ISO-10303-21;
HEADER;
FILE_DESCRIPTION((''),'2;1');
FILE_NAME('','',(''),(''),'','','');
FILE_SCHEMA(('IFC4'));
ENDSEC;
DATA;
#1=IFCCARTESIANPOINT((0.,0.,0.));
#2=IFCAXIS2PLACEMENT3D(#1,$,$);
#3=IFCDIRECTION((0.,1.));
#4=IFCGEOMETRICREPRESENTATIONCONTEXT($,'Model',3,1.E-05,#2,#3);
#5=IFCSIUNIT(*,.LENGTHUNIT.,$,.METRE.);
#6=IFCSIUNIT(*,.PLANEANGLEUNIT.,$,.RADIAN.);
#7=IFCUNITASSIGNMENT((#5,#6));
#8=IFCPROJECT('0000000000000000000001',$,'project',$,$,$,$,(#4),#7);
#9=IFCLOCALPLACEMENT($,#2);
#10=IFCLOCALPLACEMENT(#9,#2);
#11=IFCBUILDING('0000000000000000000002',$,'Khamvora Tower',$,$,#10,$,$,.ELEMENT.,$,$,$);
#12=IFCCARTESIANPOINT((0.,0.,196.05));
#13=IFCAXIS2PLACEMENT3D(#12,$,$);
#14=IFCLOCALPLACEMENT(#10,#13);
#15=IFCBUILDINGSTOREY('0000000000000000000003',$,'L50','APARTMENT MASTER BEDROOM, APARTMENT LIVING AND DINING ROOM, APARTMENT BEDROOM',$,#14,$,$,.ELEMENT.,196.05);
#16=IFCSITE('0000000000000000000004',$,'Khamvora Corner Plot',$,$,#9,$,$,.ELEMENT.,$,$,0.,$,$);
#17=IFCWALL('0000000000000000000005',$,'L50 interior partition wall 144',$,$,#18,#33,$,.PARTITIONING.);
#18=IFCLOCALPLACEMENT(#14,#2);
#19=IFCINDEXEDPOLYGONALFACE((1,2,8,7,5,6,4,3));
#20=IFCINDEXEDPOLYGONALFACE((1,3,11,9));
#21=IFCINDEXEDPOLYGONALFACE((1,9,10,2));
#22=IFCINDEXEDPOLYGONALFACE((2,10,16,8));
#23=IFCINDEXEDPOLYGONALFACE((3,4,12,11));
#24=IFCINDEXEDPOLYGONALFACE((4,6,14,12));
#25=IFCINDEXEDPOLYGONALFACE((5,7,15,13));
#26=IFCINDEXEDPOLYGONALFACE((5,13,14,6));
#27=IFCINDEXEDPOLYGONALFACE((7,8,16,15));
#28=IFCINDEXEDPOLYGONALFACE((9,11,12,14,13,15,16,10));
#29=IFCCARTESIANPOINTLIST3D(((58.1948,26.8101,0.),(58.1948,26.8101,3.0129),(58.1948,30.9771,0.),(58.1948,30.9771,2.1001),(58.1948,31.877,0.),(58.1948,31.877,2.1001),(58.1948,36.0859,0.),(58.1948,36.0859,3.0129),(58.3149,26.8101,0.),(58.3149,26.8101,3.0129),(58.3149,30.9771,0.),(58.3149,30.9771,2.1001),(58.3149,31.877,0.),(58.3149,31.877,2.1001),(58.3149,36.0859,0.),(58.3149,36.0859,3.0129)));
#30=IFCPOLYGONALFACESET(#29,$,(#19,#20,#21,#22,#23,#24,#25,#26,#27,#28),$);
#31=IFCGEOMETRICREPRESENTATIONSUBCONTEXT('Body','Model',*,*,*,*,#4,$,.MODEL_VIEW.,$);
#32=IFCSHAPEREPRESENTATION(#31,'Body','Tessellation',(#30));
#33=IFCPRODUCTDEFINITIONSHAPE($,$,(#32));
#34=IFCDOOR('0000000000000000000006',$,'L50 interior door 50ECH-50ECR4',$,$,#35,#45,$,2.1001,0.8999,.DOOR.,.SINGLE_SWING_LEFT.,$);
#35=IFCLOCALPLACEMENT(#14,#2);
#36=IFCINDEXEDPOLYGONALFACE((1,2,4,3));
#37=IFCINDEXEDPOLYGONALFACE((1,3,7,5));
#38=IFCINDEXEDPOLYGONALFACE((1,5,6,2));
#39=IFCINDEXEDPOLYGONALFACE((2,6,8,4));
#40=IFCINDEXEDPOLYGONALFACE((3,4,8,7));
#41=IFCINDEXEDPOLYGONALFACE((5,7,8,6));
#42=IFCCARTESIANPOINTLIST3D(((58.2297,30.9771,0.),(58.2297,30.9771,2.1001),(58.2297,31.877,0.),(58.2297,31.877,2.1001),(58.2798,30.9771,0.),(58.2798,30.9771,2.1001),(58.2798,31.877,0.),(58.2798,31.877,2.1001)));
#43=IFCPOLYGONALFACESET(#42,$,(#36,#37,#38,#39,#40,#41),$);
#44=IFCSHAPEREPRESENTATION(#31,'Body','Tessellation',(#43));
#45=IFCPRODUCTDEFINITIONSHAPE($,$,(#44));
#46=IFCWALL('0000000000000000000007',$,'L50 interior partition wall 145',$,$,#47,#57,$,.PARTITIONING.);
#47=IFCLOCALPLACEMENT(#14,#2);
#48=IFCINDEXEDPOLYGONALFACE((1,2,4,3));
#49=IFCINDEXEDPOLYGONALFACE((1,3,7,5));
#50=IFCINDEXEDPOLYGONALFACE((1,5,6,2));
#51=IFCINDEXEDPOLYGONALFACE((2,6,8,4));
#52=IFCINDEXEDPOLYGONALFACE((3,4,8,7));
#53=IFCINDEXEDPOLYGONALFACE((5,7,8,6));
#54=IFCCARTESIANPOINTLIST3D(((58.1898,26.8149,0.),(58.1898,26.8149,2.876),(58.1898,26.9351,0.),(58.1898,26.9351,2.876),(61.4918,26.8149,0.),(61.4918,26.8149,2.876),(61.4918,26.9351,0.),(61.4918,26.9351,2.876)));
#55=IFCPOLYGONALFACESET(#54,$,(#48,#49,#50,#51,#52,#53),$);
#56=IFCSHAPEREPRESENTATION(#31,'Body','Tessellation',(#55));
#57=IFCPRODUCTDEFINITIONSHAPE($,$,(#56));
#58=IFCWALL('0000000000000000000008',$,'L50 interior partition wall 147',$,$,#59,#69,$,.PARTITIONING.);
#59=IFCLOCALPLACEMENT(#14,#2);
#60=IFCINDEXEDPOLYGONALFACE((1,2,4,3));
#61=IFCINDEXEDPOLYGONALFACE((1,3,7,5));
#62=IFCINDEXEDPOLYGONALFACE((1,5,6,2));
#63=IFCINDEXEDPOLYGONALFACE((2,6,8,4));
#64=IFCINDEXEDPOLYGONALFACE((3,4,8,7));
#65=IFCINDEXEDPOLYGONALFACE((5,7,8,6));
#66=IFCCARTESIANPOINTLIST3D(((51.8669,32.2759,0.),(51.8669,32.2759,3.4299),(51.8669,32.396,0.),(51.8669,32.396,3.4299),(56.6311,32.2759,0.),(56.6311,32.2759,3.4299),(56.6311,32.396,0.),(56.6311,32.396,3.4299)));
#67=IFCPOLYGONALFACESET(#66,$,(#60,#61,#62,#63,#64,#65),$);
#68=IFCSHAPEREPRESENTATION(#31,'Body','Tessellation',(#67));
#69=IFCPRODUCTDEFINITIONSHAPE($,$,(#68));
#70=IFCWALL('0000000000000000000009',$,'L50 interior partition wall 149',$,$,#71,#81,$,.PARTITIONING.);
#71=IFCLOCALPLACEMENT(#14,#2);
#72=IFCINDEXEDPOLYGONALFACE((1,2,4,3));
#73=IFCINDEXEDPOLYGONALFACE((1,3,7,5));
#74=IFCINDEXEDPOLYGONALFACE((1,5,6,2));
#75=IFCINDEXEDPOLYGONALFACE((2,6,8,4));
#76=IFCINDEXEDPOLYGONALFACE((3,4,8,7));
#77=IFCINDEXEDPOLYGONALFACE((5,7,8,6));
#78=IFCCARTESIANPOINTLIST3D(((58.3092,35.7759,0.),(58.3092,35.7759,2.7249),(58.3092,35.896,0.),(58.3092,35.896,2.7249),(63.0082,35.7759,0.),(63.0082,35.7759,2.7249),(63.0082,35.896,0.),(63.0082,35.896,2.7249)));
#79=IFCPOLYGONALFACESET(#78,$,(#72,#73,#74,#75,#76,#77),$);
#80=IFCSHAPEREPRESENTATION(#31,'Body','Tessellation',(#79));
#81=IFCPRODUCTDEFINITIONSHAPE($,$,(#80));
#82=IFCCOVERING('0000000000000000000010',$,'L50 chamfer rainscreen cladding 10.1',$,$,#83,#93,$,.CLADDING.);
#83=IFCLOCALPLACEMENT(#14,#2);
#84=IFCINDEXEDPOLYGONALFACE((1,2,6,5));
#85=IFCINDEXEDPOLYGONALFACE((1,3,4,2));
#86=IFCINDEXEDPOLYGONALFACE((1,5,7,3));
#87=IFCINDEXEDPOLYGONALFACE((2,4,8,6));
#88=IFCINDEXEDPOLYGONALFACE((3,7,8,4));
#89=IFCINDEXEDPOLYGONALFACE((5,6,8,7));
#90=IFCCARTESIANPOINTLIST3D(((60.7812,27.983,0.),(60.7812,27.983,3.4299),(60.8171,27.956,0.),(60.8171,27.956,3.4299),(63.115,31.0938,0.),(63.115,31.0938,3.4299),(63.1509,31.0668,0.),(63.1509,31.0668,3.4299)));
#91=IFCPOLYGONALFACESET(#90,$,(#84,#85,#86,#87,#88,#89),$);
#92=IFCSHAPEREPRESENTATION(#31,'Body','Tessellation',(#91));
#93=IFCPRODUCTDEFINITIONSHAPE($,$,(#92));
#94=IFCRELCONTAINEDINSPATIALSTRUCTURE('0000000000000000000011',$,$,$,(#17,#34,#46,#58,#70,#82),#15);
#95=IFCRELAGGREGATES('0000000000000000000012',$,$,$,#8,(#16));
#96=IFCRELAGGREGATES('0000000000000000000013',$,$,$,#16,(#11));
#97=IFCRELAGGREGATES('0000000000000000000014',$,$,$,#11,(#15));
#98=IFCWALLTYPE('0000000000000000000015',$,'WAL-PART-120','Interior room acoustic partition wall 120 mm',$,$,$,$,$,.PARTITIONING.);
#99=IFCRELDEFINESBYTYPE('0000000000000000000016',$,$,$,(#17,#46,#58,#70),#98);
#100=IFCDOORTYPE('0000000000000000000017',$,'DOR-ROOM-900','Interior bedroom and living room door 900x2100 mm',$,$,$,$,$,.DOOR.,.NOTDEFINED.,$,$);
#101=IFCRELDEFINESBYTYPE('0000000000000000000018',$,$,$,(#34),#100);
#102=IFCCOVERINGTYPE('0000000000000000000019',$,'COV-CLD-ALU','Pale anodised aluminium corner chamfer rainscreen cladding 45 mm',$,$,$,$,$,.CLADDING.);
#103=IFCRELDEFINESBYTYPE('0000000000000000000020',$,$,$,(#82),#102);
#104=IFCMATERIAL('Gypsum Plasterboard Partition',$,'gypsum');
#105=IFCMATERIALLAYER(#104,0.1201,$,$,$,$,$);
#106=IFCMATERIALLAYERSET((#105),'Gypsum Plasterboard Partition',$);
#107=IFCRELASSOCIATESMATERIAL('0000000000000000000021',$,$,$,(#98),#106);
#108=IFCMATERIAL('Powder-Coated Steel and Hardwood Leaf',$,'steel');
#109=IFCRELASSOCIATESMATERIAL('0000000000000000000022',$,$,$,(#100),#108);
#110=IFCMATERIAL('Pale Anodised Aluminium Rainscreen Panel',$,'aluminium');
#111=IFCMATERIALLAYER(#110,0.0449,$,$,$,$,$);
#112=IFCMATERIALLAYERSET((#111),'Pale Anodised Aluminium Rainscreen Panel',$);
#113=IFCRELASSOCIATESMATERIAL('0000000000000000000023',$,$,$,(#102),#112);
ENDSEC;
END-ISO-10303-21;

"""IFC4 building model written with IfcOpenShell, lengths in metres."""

from ifc_helpers import new_model, si_unit, direction, frame, frame_2d, origin, origin_2d, place, context, subcontext, project, spatial, rectangle, extrude, material, layer, layer_set, type_object, element, fill, save


model = new_model("IFC4")

# Units and contexts
model_context = context("Model", 3, precision=1e-05, world=origin(), true_north=direction((0.0, 1.0)))
body_context = subcontext(model_context, "Body", "Model", "MODEL_VIEW")
ifc_project = project(units=[si_unit("LENGTHUNIT", "METRE"), si_unit("PLANEANGLEUNIT", "RADIAN")], contexts=[model_context])

# Site, building, storey
site_placement = place(None, origin())
site = spatial("IfcSite", under=ifc_project, at=site_placement, Name="Khamvora Corner Plot", CompositionType="ELEMENT", RefElevation=0.0)
building_placement = place(site_placement, origin())
building = spatial("IfcBuilding", under=site, at=building_placement, Name="Khamvora Tower", CompositionType="ELEMENT")
storey_placement = place(building_placement, frame((0.0, 0.0, 196.05)))
storey = spatial("IfcBuildingStorey", under=building, at=storey_placement, Name="L50", Description="APARTMENT MASTER BEDROOM, APARTMENT LIVING AND DINING ROOM, APARTMENT BEDROOM", CompositionType="ELEMENT", Elevation=196.05)

# Shared definitions
ifc_material_1 = material(Name="Gypsum Plasterboard Partition", Category="gypsum")
ifc_layer_1 = layer(ifc_material_1, 0.1201)
ifc_layer_set_1 = layer_set([ifc_layer_1], Name="Gypsum Plasterboard Partition")
wall_type_1 = type_object("IfcWallType", Name="WAL-PART-120", Description="Interior room acoustic partition wall 120 mm", PredefinedType="PARTITIONING", material=ifc_layer_set_1)
ifc_material_2 = material(Name="Powder-Coated Steel and Hardwood Leaf", Category="steel")
door_type = type_object("IfcDoorType", Name="DOR-ROOM-900", Description="Interior bedroom and living room door 900x2100 mm", OperationType="NOTDEFINED", PredefinedType="DOOR", material=ifc_material_2)

# Wall, opening, door
wall_1_placement = place(storey_placement, frame((58.2549, 36.0859, 0.0), z_axis=(0.0, 0.0, 1.0), x_axis=(0.0, -1.0, 0.0)))
wall_1 = element("IfcWall", 1, at=wall_1_placement, inside=storey, type_object=wall_type_1, Name="L50 interior partition wall 144", PredefinedType="PARTITIONING", context=body_context, shape_type="SweptSolid", body=[
    extrude(rectangle(XDim=9.2759, YDim=0.1201, at=frame_2d((4.6379, 0.0))), origin(), (0.0, 0.0, 1.0), 3.0129),
])
opening_1_placement = place(wall_1_placement, frame((4.209, 0.0, 0.0)))
opening_1 = element("IfcOpeningElement", 2, at=opening_1_placement, cuts=wall_1, PredefinedType="OPENING", context=body_context, shape_type="SweptSolid", body=[
    extrude(rectangle(XDim=0.8999, YDim=2.1001, at=frame_2d((0.45, 1.05))), frame((0.0, 0.0701, 0.0), z_axis=(0.0, -1.0, 0.0), x_axis=(1.0, 0.0, 0.0)), (0.0, 0.0, 1.0), 0.1401),
])
door_1_placement = place(opening_1_placement, origin())
door_1 = element("IfcDoor", 3, at=door_1_placement, inside=storey, type_object=door_type, Name="L50 interior door 50ECH-50ECR4", OperationType="SINGLE_SWING_LEFT", OverallHeight=2.1001, OverallWidth=0.8999, PredefinedType="DOOR", context=body_context, shape_type="SweptSolid", body=[
    extrude(rectangle(XDim=0.8999, YDim=2.1001, at=frame_2d((0.45, 1.05))), frame((0.0, 0.0249, 0.0), z_axis=(0.0, -1.0, 0.0), x_axis=(1.0, 0.0, 0.0)), (0.0, 0.0, 1.0), 0.05),
])
fill(opening_1, door_1)

# Walls
wall_2_placement = place(storey_placement, frame((58.1899, 26.875, 0.0), z_axis=(0.0, 0.0, 1.0), x_axis=(1.0, 0.0, 0.0)))
element("IfcWall", 4, at=wall_2_placement, inside=storey, type_object=wall_type_1, Name="L50 interior partition wall 145", PredefinedType="PARTITIONING", context=body_context, shape_type="SweptSolid", body=[
    extrude(rectangle(XDim=3.302, YDim=0.1201, at=frame_2d((1.6509, 0.0))), origin(), (0.0, 0.0, 1.0), 2.876),
])
wall_3_placement = place(storey_placement, frame((51.8669, 32.3359, 0.0), z_axis=(0.0, 0.0, 1.0), x_axis=(1.0, 0.0, 0.0)))
element("IfcWall", 5, at=wall_3_placement, inside=storey, type_object=wall_type_1, Name="L50 interior partition wall 147", PredefinedType="PARTITIONING", context=body_context, shape_type="SweptSolid", body=[
    extrude(rectangle(XDim=4.7642, YDim=0.1201, at=frame_2d((2.3821, 0.0))), origin(), (0.0, 0.0, 1.0), 3.4299),
])
wall_4_placement = place(storey_placement, frame((58.3091, 35.8359, 0.0), z_axis=(0.0, 0.0, 1.0), x_axis=(1.0, 0.0, 0.0)))
element("IfcWall", 6, at=wall_4_placement, inside=storey, type_object=wall_type_1, Name="L50 interior partition wall 149", PredefinedType="PARTITIONING", context=body_context, shape_type="SweptSolid", body=[
    extrude(rectangle(XDim=4.699, YDim=0.1201, at=frame_2d((2.3496, 0.0))), origin(), (0.0, 0.0, 1.0), 2.7249),
])

# Covering
ifc_material_3 = material(Name="Pale Anodised Aluminium Rainscreen Panel", Category="aluminium")
ifc_layer_2 = layer(ifc_material_3, 0.0449)
ifc_layer_set_2 = layer_set([ifc_layer_2], Name="Pale Anodised Aluminium Rainscreen Panel")
covering_type = type_object("IfcCoveringType", Name="COV-CLD-ALU", Description="Pale anodised aluminium corner chamfer rainscreen cladding 45 mm", PredefinedType="CLADDING", material=ifc_layer_set_2)
covering_placement = place(storey_placement, frame((61.9661, 29.5249, 0.0), z_axis=(0.0, 0.0, 1.0), x_axis=(-0.60012, -0.79991, 0.0)))
element("IfcCovering", 7, at=covering_placement, inside=storey, type_object=covering_type, Name="L50 chamfer rainscreen cladding 10.1", PredefinedType="CLADDING", context=body_context, shape_type="SweptSolid", body=[
    extrude(rectangle(XDim=3.8889, YDim=0.0449, at=origin_2d()), origin(), (0.0, 0.0, 1.0), 3.4299),
])

save(model, "model.ifc")
